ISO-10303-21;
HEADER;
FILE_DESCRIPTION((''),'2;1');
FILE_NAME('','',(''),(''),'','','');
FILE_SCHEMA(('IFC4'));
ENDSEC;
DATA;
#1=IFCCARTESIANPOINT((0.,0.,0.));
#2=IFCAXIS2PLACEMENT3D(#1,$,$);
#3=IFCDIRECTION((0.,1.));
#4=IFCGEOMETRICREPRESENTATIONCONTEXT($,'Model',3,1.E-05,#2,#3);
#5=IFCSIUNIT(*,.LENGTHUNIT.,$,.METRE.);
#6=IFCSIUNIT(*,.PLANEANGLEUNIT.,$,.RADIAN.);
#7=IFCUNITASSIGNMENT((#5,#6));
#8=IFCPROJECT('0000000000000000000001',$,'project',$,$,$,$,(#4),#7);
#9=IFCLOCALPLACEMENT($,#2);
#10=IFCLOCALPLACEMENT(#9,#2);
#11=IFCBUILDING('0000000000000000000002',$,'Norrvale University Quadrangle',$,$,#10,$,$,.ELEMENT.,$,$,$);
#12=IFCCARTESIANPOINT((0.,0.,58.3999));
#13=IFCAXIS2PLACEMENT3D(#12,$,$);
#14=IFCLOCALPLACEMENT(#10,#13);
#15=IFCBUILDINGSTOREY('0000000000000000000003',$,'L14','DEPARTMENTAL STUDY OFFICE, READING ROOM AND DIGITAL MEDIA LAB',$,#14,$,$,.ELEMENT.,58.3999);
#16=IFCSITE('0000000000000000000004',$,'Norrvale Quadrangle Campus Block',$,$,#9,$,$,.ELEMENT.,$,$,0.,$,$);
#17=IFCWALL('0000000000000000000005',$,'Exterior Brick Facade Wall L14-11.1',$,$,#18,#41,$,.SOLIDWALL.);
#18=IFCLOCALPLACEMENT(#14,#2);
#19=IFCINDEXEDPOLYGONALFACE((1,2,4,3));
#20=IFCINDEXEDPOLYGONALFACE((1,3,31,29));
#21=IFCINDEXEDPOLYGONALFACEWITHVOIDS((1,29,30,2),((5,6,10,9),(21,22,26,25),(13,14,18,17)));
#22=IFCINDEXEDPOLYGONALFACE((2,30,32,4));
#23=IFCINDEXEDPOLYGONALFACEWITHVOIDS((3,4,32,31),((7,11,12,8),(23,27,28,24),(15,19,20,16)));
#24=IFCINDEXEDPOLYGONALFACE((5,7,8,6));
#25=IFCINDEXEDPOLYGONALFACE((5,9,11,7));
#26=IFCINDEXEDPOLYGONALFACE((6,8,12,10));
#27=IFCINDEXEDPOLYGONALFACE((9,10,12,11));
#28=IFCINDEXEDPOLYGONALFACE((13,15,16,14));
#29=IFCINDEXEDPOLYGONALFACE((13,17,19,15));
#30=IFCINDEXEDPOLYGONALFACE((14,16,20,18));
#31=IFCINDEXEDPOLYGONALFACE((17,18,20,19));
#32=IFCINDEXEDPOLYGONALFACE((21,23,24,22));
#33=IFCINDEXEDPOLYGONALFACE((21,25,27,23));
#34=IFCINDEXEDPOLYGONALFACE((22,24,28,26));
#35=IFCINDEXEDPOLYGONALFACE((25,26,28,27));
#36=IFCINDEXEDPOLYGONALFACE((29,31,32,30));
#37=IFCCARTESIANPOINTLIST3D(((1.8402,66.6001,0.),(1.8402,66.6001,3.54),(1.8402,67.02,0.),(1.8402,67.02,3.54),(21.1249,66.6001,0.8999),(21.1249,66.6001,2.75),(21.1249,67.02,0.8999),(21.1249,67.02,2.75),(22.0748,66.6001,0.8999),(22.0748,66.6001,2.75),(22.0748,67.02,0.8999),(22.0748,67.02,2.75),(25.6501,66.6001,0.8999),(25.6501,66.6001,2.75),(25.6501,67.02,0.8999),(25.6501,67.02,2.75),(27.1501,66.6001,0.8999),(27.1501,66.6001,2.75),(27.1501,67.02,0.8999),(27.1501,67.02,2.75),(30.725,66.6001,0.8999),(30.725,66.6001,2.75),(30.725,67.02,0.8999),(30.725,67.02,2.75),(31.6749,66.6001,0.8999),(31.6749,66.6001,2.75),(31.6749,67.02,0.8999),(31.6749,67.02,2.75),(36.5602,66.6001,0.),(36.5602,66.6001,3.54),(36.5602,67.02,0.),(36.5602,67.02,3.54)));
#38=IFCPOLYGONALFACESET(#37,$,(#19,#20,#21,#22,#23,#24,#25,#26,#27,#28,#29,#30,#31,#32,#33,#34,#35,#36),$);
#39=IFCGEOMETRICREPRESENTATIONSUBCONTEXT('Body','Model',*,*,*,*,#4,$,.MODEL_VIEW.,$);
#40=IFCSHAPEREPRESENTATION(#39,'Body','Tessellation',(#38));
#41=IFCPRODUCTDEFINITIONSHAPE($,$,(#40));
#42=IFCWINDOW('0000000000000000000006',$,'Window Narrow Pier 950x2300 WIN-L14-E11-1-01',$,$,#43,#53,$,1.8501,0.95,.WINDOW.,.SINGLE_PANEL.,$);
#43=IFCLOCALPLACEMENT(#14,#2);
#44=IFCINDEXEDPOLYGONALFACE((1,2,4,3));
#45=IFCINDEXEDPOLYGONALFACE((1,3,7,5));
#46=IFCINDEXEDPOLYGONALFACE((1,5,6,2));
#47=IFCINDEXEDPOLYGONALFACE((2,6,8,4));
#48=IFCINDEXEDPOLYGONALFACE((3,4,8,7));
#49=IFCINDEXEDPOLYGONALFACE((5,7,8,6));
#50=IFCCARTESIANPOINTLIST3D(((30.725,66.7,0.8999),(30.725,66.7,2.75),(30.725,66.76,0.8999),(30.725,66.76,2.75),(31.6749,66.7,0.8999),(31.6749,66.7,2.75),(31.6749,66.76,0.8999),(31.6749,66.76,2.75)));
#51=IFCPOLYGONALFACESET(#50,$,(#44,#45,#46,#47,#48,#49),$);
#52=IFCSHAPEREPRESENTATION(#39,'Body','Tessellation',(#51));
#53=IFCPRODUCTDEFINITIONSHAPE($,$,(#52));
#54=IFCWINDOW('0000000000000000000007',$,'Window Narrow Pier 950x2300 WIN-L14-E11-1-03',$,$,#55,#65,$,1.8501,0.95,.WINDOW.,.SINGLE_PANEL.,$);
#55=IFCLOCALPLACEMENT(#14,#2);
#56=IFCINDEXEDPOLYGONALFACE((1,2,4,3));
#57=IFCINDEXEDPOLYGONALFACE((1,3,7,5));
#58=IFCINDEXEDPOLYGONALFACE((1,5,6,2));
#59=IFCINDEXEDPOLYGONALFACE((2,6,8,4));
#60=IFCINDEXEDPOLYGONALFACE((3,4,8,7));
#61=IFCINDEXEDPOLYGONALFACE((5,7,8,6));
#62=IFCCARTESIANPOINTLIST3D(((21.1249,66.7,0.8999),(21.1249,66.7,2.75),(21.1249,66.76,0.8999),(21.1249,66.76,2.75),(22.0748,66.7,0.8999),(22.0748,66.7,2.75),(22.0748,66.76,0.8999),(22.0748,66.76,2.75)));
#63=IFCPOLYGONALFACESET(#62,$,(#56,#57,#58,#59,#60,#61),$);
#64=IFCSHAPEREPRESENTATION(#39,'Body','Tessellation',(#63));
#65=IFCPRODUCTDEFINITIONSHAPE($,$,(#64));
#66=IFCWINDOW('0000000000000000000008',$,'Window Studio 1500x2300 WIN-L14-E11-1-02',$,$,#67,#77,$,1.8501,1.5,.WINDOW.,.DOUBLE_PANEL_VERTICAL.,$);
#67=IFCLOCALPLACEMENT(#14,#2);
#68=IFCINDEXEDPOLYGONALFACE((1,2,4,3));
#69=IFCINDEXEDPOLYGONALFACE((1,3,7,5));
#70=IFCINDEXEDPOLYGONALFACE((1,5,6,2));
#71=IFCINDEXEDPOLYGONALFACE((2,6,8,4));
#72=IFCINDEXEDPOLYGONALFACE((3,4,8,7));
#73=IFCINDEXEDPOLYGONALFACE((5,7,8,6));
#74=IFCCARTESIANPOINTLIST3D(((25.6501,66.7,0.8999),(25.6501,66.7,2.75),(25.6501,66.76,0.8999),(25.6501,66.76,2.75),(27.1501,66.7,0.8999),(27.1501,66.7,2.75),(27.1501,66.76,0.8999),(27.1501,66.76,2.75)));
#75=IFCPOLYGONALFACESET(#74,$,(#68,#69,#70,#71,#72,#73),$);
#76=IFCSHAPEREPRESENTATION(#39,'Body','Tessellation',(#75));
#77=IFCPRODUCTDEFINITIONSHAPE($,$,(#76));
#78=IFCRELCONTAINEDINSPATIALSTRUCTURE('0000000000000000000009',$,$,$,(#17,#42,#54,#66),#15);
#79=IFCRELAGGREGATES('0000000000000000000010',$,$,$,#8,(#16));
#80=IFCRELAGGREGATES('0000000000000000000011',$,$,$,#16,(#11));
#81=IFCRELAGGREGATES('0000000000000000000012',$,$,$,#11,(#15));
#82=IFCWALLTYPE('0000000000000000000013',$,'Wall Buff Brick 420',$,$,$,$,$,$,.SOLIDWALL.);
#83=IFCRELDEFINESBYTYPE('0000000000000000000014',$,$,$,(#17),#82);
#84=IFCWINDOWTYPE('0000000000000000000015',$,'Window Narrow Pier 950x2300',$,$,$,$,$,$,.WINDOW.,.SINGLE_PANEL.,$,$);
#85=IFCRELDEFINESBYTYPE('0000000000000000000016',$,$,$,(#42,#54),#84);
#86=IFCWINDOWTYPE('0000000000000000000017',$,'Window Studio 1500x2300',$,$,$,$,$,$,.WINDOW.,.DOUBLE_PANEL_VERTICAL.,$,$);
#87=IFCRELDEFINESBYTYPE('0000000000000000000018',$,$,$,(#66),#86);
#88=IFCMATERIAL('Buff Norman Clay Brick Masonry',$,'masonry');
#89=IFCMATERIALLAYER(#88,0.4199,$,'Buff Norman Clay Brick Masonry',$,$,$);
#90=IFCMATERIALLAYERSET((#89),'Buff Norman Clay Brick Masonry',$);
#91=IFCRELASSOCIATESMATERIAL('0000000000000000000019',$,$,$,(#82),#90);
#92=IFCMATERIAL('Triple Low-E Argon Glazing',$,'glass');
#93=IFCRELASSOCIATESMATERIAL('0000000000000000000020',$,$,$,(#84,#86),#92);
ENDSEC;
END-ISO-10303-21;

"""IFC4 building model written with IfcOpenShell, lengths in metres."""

from ifc_helpers import new_model, si_unit, direction, frame, frame_2d, origin, place, context, subcontext, project, spatial, rectangle, extrude, material, layer, layer_set, type_object, element, fill, save


model = new_model("IFC4")

# Units and contexts
model_context = context("Model", 3, precision=1e-05, world=origin(), true_north=direction((0.0, 1.0)))
body_context = subcontext(model_context, "Body", "Model", "MODEL_VIEW")
ifc_project = project(units=[si_unit("LENGTHUNIT", "METRE"), si_unit("PLANEANGLEUNIT", "RADIAN")], contexts=[model_context])

# Site, building, storey
site_placement = place(None, origin())
site = spatial("IfcSite", under=ifc_project, at=site_placement, Name="Norrvale Quadrangle Campus Block", CompositionType="ELEMENT", RefElevation=0.0)
building_placement = place(site_placement, origin())
building = spatial("IfcBuilding", under=site, at=building_placement, Name="Norrvale University Quadrangle", CompositionType="ELEMENT")
storey_placement = place(building_placement, frame((0.0, 0.0, 58.3999)))
storey = spatial("IfcBuildingStorey", under=building, at=storey_placement, Name="L14", Description="DEPARTMENTAL STUDY OFFICE, READING ROOM AND DIGITAL MEDIA LAB", CompositionType="ELEMENT", Elevation=58.3999)

# Shared definitions
ifc_material_1 = material(Name="Buff Norman Clay Brick Masonry", Category="masonry")
ifc_layer = layer(ifc_material_1, 0.4199, Name="Buff Norman Clay Brick Masonry")
ifc_layer_set = layer_set([ifc_layer], Name="Buff Norman Clay Brick Masonry")
wall_type = type_object("IfcWallType", Name="Wall Buff Brick 420", PredefinedType="SOLIDWALL", material=ifc_layer_set)

# Wall, openings, windows
wall_1_placement = place(storey_placement, frame((36.5601, 66.8101, 0.0), z_axis=(0.0, 0.0, 1.0), x_axis=(-1.0, 0.0, 0.0)))
wall_1 = element("IfcWall", 1, at=wall_1_placement, inside=storey, type_object=wall_type, Name="Exterior Brick Facade Wall L14-11.1", PredefinedType="SOLIDWALL", context=body_context, shape_type="SweptSolid", body=[
    extrude(rectangle(XDim=34.72, YDim=0.4199, at=frame_2d((17.3599, 0.0))), origin(), (0.0, 0.0, 1.0), 3.54),
])
opening_1_placement = place(wall_1_placement, frame((4.885, 0.0, 0.8999)))
opening_1 = element("IfcOpeningElement", 2, at=opening_1_placement, cuts=wall_1, PredefinedType="OPENING", context=body_context, shape_type="SweptSolid", body=[
    extrude(rectangle(XDim=0.95, YDim=1.8501, at=frame_2d((0.4751, 0.925))), frame((0.0, 0.2219, 0.0), z_axis=(0.0, -1.0, 0.0), x_axis=(1.0, 0.0, 0.0)), (0.0, 0.0, 1.0), 0.4438),
])
opening_2_placement = place(wall_1_placement, frame((9.4099, 0.0, 0.8999)))
opening_2 = element("IfcOpeningElement", 3, at=opening_2_placement, cuts=wall_1, PredefinedType="OPENING", context=body_context, shape_type="SweptSolid", body=[
    extrude(rectangle(XDim=1.5, YDim=1.8501, at=frame_2d((0.75, 0.925))), frame((0.0, 0.2219, 0.0), z_axis=(0.0, -1.0, 0.0), x_axis=(1.0, 0.0, 0.0)), (0.0, 0.0, 1.0), 0.4438),
])
opening_3_placement = place(wall_1_placement, frame((14.4851, 0.0, 0.8999)))
opening_3 = element("IfcOpeningElement", 4, at=opening_3_placement, cuts=wall_1, PredefinedType="OPENING", context=body_context, shape_type="SweptSolid", body=[
    extrude(rectangle(XDim=0.95, YDim=1.8501, at=frame_2d((0.4751, 0.925))), frame((0.0, 0.2219, 0.0), z_axis=(0.0, -1.0, 0.0), x_axis=(1.0, 0.0, 0.0)), (0.0, 0.0, 1.0), 0.4438),
])
ifc_material_2 = material(Name="Triple Low-E Argon Glazing", Category="glass")
window_type_1 = type_object("IfcWindowType", Name="Window Narrow Pier 950x2300", PartitioningType="SINGLE_PANEL", PredefinedType="WINDOW", material=ifc_material_2)
window_1_placement = place(opening_1_placement, origin())
window_1 = element("IfcWindow", 5, at=window_1_placement, inside=storey, type_object=window_type_1, Name="Window Narrow Pier 950x2300 WIN-L14-E11-1-01", OverallHeight=1.8501, OverallWidth=0.95, PartitioningType="SINGLE_PANEL", PredefinedType="WINDOW", context=body_context, shape_type="SweptSolid", body=[
    extrude(rectangle(XDim=0.95, YDim=1.8501, at=frame_2d((0.4751, 0.925))), frame((0.0, 0.1101, 0.0), z_axis=(0.0, -1.0, 0.0), x_axis=(1.0, 0.0, 0.0)), (0.0, 0.0, 1.0), 0.0601),
])
fill(opening_1, window_1)
window_2_placement = place(opening_3_placement, origin())
window_2 = element("IfcWindow", 6, at=window_2_placement, inside=storey, type_object=window_type_1, Name="Window Narrow Pier 950x2300 WIN-L14-E11-1-03", OverallHeight=1.8501, OverallWidth=0.95, PartitioningType="SINGLE_PANEL", PredefinedType="WINDOW", context=body_context, shape_type="SweptSolid", body=[
    extrude(rectangle(XDim=0.95, YDim=1.8501, at=frame_2d((0.4751, 0.925))), frame((0.0, 0.1101, 0.0), z_axis=(0.0, -1.0, 0.0), x_axis=(1.0, 0.0, 0.0)), (0.0, 0.0, 1.0), 0.0601),
])
fill(opening_3, window_2)
window_type_2 = type_object("IfcWindowType", Name="Window Studio 1500x2300", PartitioningType="DOUBLE_PANEL_VERTICAL", PredefinedType="WINDOW", material=ifc_material_2)
window_3_placement = place(opening_2_placement, origin())
window_3 = element("IfcWindow", 7, at=window_3_placement, inside=storey, type_object=window_type_2, Name="Window Studio 1500x2300 WIN-L14-E11-1-02", OverallHeight=1.8501, OverallWidth=1.5, PartitioningType="DOUBLE_PANEL_VERTICAL", PredefinedType="WINDOW", context=body_context, shape_type="SweptSolid", body=[
    extrude(rectangle(XDim=1.5, YDim=1.8501, at=frame_2d((0.75, 0.925))), frame((0.0, 0.1101, 0.0), z_axis=(0.0, -1.0, 0.0), x_axis=(1.0, 0.0, 0.0)), (0.0, 0.0, 1.0), 0.0601),
])
fill(opening_2, window_3)

save(model, "model.ifc")
